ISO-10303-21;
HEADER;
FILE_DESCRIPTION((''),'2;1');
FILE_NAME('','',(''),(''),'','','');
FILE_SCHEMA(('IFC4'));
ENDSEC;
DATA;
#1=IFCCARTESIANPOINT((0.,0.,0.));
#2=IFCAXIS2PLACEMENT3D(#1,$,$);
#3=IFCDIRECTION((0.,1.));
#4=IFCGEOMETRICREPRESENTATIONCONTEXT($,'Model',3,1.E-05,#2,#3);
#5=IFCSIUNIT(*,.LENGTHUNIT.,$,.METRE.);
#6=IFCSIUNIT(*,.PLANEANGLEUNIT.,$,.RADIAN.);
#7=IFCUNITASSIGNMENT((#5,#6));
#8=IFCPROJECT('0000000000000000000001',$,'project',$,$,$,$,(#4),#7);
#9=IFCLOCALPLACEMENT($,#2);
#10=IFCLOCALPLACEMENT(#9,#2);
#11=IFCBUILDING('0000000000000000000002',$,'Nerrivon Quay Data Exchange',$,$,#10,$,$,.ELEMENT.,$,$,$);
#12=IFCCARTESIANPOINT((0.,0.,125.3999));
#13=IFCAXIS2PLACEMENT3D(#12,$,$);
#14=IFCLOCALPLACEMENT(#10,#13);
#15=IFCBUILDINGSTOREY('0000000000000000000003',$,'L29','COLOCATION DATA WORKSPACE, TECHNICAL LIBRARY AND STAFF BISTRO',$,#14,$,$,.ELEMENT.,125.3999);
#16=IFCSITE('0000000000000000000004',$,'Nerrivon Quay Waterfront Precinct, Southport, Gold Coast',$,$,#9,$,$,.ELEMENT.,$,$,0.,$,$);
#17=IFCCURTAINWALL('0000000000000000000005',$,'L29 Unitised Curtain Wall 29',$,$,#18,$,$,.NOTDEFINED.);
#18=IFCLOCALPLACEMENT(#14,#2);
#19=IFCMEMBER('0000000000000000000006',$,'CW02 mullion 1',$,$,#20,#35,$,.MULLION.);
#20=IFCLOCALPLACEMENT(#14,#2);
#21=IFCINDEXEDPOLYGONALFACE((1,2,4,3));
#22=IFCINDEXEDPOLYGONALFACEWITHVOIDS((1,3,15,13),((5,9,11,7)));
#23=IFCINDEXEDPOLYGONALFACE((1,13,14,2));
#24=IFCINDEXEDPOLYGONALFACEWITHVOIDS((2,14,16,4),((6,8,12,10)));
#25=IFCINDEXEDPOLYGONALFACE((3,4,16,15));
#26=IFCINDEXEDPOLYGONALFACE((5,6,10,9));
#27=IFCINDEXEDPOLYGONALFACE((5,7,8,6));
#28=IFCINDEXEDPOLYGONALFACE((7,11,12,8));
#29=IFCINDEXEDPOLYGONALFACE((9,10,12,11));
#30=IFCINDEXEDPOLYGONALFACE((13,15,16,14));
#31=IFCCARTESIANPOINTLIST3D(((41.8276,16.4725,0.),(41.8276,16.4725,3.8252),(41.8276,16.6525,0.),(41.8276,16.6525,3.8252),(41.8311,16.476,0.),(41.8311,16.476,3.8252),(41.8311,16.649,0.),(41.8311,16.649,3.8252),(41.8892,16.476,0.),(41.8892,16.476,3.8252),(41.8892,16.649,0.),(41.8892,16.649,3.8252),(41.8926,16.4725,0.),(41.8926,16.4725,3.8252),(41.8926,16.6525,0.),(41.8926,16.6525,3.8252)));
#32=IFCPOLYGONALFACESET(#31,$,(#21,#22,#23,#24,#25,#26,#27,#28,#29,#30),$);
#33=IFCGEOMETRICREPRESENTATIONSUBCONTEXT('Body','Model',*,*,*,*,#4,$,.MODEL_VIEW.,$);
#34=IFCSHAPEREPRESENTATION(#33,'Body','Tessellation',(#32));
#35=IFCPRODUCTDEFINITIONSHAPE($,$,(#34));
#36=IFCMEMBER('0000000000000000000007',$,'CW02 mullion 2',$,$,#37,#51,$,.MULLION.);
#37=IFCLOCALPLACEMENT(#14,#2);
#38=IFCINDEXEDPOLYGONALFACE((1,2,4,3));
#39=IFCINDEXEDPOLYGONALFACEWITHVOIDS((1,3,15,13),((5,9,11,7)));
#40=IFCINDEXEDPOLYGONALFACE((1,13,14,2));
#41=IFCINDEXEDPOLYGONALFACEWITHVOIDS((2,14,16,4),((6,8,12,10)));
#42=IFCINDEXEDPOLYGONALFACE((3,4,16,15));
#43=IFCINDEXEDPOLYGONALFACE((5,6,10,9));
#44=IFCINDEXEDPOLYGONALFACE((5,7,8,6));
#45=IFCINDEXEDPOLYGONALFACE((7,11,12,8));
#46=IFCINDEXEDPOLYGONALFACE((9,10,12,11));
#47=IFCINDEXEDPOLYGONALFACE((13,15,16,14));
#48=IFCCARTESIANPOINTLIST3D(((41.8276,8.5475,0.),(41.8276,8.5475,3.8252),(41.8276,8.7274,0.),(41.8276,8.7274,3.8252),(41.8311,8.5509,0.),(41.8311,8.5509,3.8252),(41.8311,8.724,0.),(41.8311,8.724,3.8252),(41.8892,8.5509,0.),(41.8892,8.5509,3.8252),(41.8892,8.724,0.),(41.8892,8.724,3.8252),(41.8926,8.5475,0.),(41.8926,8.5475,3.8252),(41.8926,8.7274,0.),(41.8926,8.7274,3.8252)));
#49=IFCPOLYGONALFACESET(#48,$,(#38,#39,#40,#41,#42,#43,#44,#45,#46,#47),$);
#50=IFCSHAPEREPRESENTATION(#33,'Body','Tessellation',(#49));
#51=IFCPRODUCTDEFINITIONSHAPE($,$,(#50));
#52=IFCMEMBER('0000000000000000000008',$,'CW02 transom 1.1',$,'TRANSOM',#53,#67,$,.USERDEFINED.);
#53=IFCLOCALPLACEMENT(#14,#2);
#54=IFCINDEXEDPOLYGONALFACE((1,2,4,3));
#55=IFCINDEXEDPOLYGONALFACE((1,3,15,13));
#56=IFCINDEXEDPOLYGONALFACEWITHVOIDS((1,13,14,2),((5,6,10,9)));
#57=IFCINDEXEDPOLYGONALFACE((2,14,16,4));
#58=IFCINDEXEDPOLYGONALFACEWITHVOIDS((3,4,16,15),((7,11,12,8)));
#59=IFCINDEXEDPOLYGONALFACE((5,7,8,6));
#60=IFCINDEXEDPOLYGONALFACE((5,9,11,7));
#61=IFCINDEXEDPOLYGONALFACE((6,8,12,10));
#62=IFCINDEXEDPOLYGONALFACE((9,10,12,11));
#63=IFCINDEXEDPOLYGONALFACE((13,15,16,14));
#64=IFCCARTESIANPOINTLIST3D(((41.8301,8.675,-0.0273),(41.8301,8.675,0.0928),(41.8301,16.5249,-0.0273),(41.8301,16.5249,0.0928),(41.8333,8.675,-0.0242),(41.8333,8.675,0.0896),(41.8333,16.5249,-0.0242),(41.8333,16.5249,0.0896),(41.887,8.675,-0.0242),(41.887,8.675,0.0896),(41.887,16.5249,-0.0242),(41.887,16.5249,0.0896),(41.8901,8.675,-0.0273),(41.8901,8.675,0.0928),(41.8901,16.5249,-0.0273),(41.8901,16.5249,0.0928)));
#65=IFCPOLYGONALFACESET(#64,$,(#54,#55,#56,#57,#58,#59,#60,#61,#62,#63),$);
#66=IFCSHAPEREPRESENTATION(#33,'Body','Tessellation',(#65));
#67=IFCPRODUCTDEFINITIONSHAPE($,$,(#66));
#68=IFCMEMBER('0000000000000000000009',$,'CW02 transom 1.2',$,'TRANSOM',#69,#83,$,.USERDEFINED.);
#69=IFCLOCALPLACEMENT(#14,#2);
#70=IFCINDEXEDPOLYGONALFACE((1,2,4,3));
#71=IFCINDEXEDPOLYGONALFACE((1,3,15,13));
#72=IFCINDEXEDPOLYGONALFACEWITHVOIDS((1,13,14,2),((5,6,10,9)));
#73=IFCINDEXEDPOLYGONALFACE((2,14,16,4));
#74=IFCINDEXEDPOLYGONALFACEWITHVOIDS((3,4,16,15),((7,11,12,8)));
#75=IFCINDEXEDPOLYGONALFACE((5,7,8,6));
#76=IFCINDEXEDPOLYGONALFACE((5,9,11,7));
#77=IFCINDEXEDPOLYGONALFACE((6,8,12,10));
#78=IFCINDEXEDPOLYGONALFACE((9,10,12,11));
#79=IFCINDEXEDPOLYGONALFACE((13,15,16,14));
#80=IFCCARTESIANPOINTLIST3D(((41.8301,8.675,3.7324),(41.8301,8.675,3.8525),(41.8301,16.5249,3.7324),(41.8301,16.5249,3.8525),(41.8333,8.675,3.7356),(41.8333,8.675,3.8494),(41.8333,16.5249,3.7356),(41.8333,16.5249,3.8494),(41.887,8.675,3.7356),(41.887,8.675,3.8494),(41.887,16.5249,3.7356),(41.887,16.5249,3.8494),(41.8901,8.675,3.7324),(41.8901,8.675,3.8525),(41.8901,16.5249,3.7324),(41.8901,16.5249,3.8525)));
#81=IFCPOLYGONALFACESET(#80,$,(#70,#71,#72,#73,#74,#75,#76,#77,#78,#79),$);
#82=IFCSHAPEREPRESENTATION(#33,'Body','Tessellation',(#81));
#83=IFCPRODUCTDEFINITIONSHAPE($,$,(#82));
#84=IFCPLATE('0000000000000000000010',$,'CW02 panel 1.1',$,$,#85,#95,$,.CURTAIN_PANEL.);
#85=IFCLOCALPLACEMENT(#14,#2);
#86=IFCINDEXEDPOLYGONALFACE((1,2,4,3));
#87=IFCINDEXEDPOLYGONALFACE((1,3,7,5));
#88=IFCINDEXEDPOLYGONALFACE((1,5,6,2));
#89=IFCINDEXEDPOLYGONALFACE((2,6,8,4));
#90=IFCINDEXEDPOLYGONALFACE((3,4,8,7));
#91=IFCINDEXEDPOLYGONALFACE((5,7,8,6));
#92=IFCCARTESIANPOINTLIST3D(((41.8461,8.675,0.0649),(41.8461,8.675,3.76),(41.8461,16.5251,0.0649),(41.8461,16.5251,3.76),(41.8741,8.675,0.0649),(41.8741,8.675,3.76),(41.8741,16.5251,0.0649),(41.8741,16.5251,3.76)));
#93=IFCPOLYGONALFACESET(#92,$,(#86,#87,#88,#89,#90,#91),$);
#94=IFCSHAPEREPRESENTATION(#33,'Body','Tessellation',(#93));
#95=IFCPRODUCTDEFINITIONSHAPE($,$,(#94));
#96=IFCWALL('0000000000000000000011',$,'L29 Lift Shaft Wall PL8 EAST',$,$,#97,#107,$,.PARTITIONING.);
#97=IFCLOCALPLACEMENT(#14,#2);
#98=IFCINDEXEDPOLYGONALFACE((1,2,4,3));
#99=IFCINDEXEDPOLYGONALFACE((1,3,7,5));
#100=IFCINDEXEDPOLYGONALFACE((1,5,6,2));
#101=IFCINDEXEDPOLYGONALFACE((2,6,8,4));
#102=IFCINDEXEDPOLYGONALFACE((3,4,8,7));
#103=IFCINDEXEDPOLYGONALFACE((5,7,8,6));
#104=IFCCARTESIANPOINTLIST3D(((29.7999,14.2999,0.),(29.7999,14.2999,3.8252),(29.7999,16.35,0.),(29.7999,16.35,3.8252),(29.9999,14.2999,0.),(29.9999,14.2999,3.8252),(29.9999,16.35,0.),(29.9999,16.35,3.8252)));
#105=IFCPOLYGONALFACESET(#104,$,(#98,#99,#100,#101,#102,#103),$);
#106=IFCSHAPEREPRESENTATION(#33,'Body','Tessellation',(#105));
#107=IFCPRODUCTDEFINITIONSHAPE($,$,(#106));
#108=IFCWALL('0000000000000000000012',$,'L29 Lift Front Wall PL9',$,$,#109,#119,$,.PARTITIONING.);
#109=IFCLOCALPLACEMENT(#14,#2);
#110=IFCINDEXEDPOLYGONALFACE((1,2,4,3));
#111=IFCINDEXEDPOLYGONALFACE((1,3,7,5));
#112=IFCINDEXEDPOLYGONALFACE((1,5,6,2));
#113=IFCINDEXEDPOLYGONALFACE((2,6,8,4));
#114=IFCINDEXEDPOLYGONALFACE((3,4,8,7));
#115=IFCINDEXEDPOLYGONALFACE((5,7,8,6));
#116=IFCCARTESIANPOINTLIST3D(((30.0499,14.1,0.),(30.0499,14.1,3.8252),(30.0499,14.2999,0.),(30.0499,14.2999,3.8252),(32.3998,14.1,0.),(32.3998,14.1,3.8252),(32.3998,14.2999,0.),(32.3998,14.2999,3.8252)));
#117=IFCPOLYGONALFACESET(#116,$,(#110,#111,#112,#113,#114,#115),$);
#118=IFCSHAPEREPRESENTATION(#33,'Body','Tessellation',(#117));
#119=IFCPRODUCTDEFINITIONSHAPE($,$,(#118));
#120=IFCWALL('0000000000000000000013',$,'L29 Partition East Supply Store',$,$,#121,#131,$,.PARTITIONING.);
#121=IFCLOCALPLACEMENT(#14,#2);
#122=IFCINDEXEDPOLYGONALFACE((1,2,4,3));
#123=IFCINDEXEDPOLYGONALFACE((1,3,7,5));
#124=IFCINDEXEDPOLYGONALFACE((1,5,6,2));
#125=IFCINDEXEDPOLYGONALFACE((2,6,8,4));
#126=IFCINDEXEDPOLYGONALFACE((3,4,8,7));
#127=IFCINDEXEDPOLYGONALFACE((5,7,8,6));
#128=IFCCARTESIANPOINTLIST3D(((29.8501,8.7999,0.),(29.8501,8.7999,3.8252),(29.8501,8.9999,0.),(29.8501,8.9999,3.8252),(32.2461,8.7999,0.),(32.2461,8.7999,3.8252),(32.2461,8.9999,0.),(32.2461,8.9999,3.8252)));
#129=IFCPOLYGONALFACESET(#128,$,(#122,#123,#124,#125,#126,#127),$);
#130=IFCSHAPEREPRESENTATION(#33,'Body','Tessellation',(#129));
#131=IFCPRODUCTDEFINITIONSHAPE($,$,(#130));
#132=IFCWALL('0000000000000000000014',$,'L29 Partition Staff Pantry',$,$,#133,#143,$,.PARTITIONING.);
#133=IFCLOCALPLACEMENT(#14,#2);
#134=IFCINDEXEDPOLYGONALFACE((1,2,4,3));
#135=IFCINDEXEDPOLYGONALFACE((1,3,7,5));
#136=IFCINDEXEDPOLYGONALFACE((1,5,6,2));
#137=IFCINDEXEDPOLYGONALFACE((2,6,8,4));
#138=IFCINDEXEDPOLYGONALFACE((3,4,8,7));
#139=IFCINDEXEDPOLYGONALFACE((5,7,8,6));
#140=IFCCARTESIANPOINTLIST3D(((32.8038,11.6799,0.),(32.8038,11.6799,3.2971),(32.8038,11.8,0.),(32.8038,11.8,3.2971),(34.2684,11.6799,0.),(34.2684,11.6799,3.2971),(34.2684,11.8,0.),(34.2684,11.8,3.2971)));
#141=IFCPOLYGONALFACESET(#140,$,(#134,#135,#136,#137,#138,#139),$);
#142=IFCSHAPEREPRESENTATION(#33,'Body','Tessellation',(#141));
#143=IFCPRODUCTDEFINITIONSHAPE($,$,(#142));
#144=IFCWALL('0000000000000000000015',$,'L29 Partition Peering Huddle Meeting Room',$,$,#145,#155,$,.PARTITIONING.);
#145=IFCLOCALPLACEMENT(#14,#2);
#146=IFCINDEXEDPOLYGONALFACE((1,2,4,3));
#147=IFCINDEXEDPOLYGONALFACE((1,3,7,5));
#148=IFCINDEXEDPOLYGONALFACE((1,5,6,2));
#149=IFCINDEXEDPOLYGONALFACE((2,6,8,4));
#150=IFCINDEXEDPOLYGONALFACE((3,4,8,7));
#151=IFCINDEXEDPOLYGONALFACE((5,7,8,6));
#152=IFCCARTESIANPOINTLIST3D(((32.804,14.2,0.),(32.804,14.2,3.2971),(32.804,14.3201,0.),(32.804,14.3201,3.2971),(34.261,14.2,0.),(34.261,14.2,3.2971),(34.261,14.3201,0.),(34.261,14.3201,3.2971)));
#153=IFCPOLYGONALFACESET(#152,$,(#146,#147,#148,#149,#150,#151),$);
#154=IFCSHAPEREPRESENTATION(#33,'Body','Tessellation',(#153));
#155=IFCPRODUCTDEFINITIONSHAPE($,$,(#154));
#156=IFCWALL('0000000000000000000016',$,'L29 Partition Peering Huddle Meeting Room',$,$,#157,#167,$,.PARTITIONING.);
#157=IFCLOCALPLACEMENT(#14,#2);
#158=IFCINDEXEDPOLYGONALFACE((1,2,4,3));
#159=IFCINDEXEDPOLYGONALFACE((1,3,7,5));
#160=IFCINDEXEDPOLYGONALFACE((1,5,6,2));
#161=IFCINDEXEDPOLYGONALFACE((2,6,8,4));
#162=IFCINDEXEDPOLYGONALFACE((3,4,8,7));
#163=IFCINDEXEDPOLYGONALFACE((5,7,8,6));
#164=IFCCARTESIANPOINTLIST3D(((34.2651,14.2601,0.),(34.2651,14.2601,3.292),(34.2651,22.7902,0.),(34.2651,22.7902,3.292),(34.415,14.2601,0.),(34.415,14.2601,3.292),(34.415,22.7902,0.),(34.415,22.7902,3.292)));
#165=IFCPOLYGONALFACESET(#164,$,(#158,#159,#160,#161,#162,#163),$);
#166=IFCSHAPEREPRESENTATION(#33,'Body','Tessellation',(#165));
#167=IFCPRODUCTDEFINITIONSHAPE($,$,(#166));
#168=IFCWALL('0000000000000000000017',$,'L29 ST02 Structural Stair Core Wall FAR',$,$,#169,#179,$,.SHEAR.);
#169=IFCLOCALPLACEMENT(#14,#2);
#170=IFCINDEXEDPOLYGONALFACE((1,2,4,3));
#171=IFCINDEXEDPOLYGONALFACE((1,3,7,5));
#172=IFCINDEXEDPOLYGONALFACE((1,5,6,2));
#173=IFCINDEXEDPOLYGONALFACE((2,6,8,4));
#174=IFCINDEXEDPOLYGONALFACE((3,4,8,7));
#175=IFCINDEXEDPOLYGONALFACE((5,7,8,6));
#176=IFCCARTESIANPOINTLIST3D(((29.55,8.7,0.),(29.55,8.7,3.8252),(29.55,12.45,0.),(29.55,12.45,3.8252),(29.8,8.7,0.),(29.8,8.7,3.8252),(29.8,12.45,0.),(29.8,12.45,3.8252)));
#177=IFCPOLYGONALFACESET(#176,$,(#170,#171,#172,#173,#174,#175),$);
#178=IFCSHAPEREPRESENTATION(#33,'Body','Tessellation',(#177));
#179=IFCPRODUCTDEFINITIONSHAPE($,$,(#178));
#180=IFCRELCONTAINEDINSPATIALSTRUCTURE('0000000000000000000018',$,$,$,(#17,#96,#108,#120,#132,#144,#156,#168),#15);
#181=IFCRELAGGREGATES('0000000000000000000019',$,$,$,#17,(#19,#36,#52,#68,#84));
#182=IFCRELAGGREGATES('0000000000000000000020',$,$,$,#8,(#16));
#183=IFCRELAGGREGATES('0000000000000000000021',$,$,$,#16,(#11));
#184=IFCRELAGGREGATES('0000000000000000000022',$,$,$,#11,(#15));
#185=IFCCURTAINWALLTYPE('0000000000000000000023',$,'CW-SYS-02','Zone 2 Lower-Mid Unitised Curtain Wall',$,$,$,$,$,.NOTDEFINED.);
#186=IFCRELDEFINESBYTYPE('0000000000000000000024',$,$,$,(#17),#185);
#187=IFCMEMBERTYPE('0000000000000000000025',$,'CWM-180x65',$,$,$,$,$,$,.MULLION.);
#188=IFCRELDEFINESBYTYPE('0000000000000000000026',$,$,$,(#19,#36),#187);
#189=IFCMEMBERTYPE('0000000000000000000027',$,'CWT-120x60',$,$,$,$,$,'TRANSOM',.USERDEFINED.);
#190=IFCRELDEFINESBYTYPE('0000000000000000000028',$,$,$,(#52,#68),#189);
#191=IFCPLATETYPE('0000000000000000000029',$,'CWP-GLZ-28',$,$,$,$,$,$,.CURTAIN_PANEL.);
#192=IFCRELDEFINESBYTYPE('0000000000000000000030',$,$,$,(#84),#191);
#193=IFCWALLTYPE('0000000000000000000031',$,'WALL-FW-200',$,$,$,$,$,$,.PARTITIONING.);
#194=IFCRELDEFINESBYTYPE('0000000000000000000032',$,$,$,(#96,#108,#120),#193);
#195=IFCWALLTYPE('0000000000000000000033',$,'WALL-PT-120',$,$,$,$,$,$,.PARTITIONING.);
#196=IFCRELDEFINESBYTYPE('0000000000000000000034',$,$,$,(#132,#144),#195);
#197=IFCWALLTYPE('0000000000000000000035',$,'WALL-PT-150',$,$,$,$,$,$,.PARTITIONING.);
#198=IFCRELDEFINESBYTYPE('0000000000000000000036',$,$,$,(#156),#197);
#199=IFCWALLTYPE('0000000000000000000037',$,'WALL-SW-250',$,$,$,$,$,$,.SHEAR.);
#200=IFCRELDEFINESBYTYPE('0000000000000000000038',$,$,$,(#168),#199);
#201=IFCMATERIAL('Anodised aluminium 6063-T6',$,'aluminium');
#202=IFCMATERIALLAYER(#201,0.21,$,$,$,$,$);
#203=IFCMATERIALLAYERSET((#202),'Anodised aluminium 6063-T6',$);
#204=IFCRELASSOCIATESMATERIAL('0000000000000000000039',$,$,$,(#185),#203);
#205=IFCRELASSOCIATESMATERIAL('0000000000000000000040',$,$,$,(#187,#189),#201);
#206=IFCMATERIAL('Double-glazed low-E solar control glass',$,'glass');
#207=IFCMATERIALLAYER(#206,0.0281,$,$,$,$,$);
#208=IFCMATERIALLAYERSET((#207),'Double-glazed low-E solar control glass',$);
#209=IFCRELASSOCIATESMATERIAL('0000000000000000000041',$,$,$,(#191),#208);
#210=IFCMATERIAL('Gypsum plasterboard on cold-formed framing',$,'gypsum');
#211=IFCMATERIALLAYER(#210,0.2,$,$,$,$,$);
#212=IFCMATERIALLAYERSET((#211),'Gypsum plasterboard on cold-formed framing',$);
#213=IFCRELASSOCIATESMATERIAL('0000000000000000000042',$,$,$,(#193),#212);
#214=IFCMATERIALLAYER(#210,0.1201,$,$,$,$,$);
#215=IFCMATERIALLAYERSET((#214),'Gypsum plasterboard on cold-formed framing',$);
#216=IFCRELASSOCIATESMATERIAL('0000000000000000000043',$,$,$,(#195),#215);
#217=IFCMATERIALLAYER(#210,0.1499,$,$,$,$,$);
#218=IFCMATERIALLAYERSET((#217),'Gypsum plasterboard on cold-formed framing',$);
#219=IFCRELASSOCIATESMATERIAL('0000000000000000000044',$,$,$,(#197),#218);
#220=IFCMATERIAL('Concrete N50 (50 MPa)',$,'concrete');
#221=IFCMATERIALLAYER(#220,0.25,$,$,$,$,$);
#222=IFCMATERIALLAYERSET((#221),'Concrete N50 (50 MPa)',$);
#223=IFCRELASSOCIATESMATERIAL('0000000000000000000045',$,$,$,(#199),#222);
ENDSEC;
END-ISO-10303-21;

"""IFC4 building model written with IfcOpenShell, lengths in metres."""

from ifc_helpers import new_model, si_unit, direction, frame, frame_2d, origin, origin_2d, place, context, subcontext, project, spatial, rectangle, hollow_rectangle, extrude, material, layer, layer_set, material_profile, profile_set, type_object, element, aggregate, save


model = new_model("IFC4")

# Units and contexts
model_context = context("Model", 3, precision=1e-05, world=origin(), true_north=direction((0.0, 1.0)))
body_context = subcontext(model_context, "Body", "Model", "MODEL_VIEW")
ifc_project = project(units=[si_unit("LENGTHUNIT", "METRE"), si_unit("PLANEANGLEUNIT", "RADIAN")], contexts=[model_context])

# Site, building, storey
site_placement = place(None, origin())
site = spatial("IfcSite", under=ifc_project, at=site_placement, Name="Nerrivon Quay Waterfront Precinct, Southport, Gold Coast", CompositionType="ELEMENT", RefElevation=0.0)
building_placement = place(site_placement, origin())
building = spatial("IfcBuilding", under=site, at=building_placement, Name="Nerrivon Quay Data Exchange", CompositionType="ELEMENT")
storey_placement = place(building_placement, frame((0.0, 0.0, 125.3999)))
storey = spatial("IfcBuildingStorey", under=building, at=storey_placement, Name="L29", Description="COLOCATION DATA WORKSPACE, TECHNICAL LIBRARY AND STAFF BISTRO", CompositionType="ELEMENT", Elevation=125.3999)

# Curtain wall, members, plate
ifc_material_1 = material(Name="Anodised aluminium 6063-T6", Category="aluminium")
ifc_layer_1 = layer(ifc_material_1, 0.21)
ifc_layer_set_1 = layer_set([ifc_layer_1], Name="Anodised aluminium 6063-T6")
curtain_wall_type = type_object("IfcCurtainWallType", Name="CW-SYS-02", Description="Zone 2 Lower-Mid Unitised Curtain Wall", PredefinedType="NOTDEFINED", material=ifc_layer_set_1)
curtain_wall_placement = place(storey_placement, origin())
curtain_wall = element("IfcCurtainWall", 1, at=curtain_wall_placement, inside=storey, type_object=curtain_wall_type, Name="L29 Unitised Curtain Wall 29", PredefinedType="NOTDEFINED")
ifc_material_profile_1 = material_profile(ifc_material_1, hollow_rectangle(XDim=0.0649, YDim=0.1799, WallThickness=0.0034, at=origin_2d()), Name="ALU-MULL-180x65")
ifc_profile_set_1 = profile_set([ifc_material_profile_1], Name="Anodised aluminium 6063-T6")
member_type_1 = type_object("IfcMemberType", Name="CWM-180x65", PredefinedType="MULLION", material=ifc_profile_set_1)
member_1_placement = place(storey_placement, frame((41.8601, 16.5625, 0.0), z_axis=(0.0, 0.0, 1.0), x_axis=(1.0, 0.0, 0.0)))
member_1 = element("IfcMember", 2, at=member_1_placement, type_object=member_type_1, Name="CW02 mullion 1", PredefinedType="MULLION", context=body_context, shape_type="SweptSolid", body=[
    extrude(hollow_rectangle(XDim=0.0649, YDim=0.1799, WallThickness=0.0034, at=origin_2d()), origin(), (0.0, 0.0, 1.0), 3.8252),
])
member_2_placement = place(storey_placement, frame((41.8601, 8.6375, 0.0), z_axis=(0.0, 0.0, 1.0), x_axis=(1.0, 0.0, 0.0)))
member_2 = element("IfcMember", 3, at=member_2_placement, type_object=member_type_1, Name="CW02 mullion 2", PredefinedType="MULLION", context=body_context, shape_type="SweptSolid", body=[
    extrude(hollow_rectangle(XDim=0.0649, YDim=0.1799, WallThickness=0.0034, at=origin_2d()), origin(), (0.0, 0.0, 1.0), 3.8252),
])
ifc_material_profile_2 = material_profile(ifc_material_1, hollow_rectangle(XDim=0.0601, YDim=0.1201, WallThickness=0.0032, at=origin_2d()), Name="ALU-TRAN-120x60")
ifc_profile_set_2 = profile_set([ifc_material_profile_2], Name="Anodised aluminium 6063-T6")
member_type_2 = type_object("IfcMemberType", Name="CWT-120x60", ElementType="TRANSOM", PredefinedType="USERDEFINED", material=ifc_profile_set_2)
member_3_placement = place(storey_placement, frame((41.8601, 16.5249, 0.0327), z_axis=(0.0, -1.0, 0.0), x_axis=(1.0, 0.0, 0.0)))
member_3 = element("IfcMember", 4, at=member_3_placement, type_object=member_type_2, Name="CW02 transom 1.1", ObjectType="TRANSOM", PredefinedType="USERDEFINED", context=body_context, shape_type="SweptSolid", body=[
    extrude(hollow_rectangle(XDim=0.0601, YDim=0.1201, WallThickness=0.0032, at=origin_2d()), origin(), (0.0, 0.0, 1.0), 7.8499),
])
member_4_placement = place(storey_placement, frame((41.8601, 16.5249, 3.7925), z_axis=(0.0, -1.0, 0.0), x_axis=(1.0, 0.0, 0.0)))
member_4 = element("IfcMember", 5, at=member_4_placement, type_object=member_type_2, Name="CW02 transom 1.2", ObjectType="TRANSOM", PredefinedType="USERDEFINED", context=body_context, shape_type="SweptSolid", body=[
    extrude(hollow_rectangle(XDim=0.0601, YDim=0.1201, WallThickness=0.0032, at=origin_2d()), origin(), (0.0, 0.0, 1.0), 7.8499),
])
ifc_material_2 = material(Name="Double-glazed low-E solar control glass", Category="glass")
ifc_layer_2 = layer(ifc_material_2, 0.0281)
ifc_layer_set_2 = layer_set([ifc_layer_2], Name="Double-glazed low-E solar control glass")
plate_type = type_object("IfcPlateType", Name="CWP-GLZ-28", PredefinedType="CURTAIN_PANEL", material=ifc_layer_set_2)
plate_placement = place(storey_placement, frame((41.8601, 12.6001, 0.0649), z_axis=(0.0, 0.0, 1.0), x_axis=(0.0, -1.0, 0.0)))
plate = element("IfcPlate", 6, at=plate_placement, type_object=plate_type, Name="CW02 panel 1.1", PredefinedType="CURTAIN_PANEL", context=body_context, shape_type="SweptSolid", body=[
    extrude(rectangle(XDim=7.8501, YDim=0.0281, at=origin_2d()), origin(), (0.0, 0.0, 1.0), 3.6951),
])
aggregate(curtain_wall, [member_1, member_2, member_3, member_4, plate])

# Walls
ifc_material_3 = material(Name="Gypsum plasterboard on cold-formed framing", Category="gypsum")
ifc_layer_3 = layer(ifc_material_3, 0.2)
ifc_layer_set_3 = layer_set([ifc_layer_3], Name="Gypsum plasterboard on cold-formed framing")
wall_type_1 = type_object("IfcWallType", Name="WALL-FW-200", PredefinedType="PARTITIONING", material=ifc_layer_set_3)
wall_1_placement = place(storey_placement, frame((29.8999, 14.3, 0.0), z_axis=(0.0, 0.0, 1.0), x_axis=(0.0, 1.0, 0.0)))
element("IfcWall", 7, at=wall_1_placement, inside=storey, type_object=wall_type_1, Name="L29 Lift Shaft Wall PL8 EAST", PredefinedType="PARTITIONING", context=body_context, shape_type="SweptSolid", body=[
    extrude(rectangle(XDim=2.05, YDim=0.2, at=frame_2d((1.0249, 0.0))), origin(), (0.0, 0.0, 1.0), 3.8252),
])
wall_2_placement = place(storey_placement, frame((30.05, 14.2, 0.0), z_axis=(0.0, 0.0, 1.0), x_axis=(1.0, 0.0, 0.0)))
element("IfcWall", 8, at=wall_2_placement, inside=storey, type_object=wall_type_1, Name="L29 Lift Front Wall PL9", PredefinedType="PARTITIONING", context=body_context, shape_type="SweptSolid", body=[
    extrude(rectangle(XDim=2.3499, YDim=0.2, at=frame_2d((1.1748, 0.0))), origin(), (0.0, 0.0, 1.0), 3.8252),
])

# Walls
wall_3_placement = place(storey_placement, frame((29.8501, 8.8999, 0.0), z_axis=(0.0, 0.0, 1.0), x_axis=(1.0, 0.0, 0.0)))
element("IfcWall", 9, at=wall_3_placement, inside=storey, type_object=wall_type_1, Name="L29 Partition East Supply Store", PredefinedType="PARTITIONING", context=body_context, shape_type="SweptSolid", body=[
    extrude(rectangle(XDim=2.396, YDim=0.2, at=frame_2d((1.198, 0.0))), origin(), (0.0, 0.0, 1.0), 3.8252),
])
ifc_layer_4 = layer(ifc_material_3, 0.1201)
ifc_layer_set_4 = layer_set([ifc_layer_4], Name="Gypsum plasterboard on cold-formed framing")
wall_type_2 = type_object("IfcWallType", Name="WALL-PT-120", PredefinedType="PARTITIONING", material=ifc_layer_set_4)
wall_4_placement = place(storey_placement, frame((34.2686, 11.74, 0.0), z_axis=(0.0, 0.0, 1.0), x_axis=(-1.0, 0.0, 0.0)))
element("IfcWall", 10, at=wall_4_placement, inside=storey, type_object=wall_type_2, Name="L29 Partition Staff Pantry", PredefinedType="PARTITIONING", context=body_context, shape_type="SweptSolid", body=[
    extrude(rectangle(XDim=1.4646, YDim=0.1201, at=frame_2d((0.7324, 0.0))), origin(), (0.0, 0.0, 1.0), 3.2971),
])
wall_5_placement = place(storey_placement, frame((32.804, 14.26, 0.0), z_axis=(0.0, 0.0, 1.0), x_axis=(1.0, 0.0, 0.0)))
element("IfcWall", 11, at=wall_5_placement, inside=storey, type_object=wall_type_2, Name="L29 Partition Peering Huddle Meeting Room", PredefinedType="PARTITIONING", context=body_context, shape_type="SweptSolid", body=[
    extrude(rectangle(XDim=1.457, YDim=0.1201, at=frame_2d((0.7285, 0.0))), origin(), (0.0, 0.0, 1.0), 3.2971),
])
ifc_layer_5 = layer(ifc_material_3, 0.1499)
ifc_layer_set_5 = layer_set([ifc_layer_5], Name="Gypsum plasterboard on cold-formed framing")
wall_type_3 = type_object("IfcWallType", Name="WALL-PT-150", PredefinedType="PARTITIONING", material=ifc_layer_set_5)
wall_6_placement = place(storey_placement, frame((34.3401, 14.26, 0.0), z_axis=(0.0, 0.0, 1.0), x_axis=(0.0, 1.0, 0.0)))
element("IfcWall", 12, at=wall_6_placement, inside=storey, type_object=wall_type_3, Name="L29 Partition Peering Huddle Meeting Room", PredefinedType="PARTITIONING", context=body_context, shape_type="SweptSolid", body=[
    extrude(rectangle(XDim=8.53, YDim=0.1499, at=frame_2d((4.2651, 0.0))), origin(), (0.0, 0.0, 1.0), 3.292),
])
ifc_material_4 = material(Name="Concrete N50 (50 MPa)", Category="concrete")
ifc_layer_6 = layer(ifc_material_4, 0.25)
ifc_layer_set_6 = layer_set([ifc_layer_6], Name="Concrete N50 (50 MPa)")
wall_type_4 = type_object("IfcWallType", Name="WALL-SW-250", PredefinedType="SHEAR", material=ifc_layer_set_6)
wall_7_placement = place(storey_placement, frame((29.675, 8.7, 0.0), z_axis=(0.0, 0.0, 1.0), x_axis=(0.0, 1.0, 0.0)))
element("IfcWall", 13, at=wall_7_placement, inside=storey, type_object=wall_type_4, Name="L29 ST02 Structural Stair Core Wall FAR", PredefinedType="SHEAR", context=body_context, shape_type="SweptSolid", body=[
    extrude(rectangle(XDim=3.75, YDim=0.25, at=frame_2d((1.875, 0.0))), origin(), (0.0, 0.0, 1.0), 3.8252),
])

save(model, "model.ifc")
